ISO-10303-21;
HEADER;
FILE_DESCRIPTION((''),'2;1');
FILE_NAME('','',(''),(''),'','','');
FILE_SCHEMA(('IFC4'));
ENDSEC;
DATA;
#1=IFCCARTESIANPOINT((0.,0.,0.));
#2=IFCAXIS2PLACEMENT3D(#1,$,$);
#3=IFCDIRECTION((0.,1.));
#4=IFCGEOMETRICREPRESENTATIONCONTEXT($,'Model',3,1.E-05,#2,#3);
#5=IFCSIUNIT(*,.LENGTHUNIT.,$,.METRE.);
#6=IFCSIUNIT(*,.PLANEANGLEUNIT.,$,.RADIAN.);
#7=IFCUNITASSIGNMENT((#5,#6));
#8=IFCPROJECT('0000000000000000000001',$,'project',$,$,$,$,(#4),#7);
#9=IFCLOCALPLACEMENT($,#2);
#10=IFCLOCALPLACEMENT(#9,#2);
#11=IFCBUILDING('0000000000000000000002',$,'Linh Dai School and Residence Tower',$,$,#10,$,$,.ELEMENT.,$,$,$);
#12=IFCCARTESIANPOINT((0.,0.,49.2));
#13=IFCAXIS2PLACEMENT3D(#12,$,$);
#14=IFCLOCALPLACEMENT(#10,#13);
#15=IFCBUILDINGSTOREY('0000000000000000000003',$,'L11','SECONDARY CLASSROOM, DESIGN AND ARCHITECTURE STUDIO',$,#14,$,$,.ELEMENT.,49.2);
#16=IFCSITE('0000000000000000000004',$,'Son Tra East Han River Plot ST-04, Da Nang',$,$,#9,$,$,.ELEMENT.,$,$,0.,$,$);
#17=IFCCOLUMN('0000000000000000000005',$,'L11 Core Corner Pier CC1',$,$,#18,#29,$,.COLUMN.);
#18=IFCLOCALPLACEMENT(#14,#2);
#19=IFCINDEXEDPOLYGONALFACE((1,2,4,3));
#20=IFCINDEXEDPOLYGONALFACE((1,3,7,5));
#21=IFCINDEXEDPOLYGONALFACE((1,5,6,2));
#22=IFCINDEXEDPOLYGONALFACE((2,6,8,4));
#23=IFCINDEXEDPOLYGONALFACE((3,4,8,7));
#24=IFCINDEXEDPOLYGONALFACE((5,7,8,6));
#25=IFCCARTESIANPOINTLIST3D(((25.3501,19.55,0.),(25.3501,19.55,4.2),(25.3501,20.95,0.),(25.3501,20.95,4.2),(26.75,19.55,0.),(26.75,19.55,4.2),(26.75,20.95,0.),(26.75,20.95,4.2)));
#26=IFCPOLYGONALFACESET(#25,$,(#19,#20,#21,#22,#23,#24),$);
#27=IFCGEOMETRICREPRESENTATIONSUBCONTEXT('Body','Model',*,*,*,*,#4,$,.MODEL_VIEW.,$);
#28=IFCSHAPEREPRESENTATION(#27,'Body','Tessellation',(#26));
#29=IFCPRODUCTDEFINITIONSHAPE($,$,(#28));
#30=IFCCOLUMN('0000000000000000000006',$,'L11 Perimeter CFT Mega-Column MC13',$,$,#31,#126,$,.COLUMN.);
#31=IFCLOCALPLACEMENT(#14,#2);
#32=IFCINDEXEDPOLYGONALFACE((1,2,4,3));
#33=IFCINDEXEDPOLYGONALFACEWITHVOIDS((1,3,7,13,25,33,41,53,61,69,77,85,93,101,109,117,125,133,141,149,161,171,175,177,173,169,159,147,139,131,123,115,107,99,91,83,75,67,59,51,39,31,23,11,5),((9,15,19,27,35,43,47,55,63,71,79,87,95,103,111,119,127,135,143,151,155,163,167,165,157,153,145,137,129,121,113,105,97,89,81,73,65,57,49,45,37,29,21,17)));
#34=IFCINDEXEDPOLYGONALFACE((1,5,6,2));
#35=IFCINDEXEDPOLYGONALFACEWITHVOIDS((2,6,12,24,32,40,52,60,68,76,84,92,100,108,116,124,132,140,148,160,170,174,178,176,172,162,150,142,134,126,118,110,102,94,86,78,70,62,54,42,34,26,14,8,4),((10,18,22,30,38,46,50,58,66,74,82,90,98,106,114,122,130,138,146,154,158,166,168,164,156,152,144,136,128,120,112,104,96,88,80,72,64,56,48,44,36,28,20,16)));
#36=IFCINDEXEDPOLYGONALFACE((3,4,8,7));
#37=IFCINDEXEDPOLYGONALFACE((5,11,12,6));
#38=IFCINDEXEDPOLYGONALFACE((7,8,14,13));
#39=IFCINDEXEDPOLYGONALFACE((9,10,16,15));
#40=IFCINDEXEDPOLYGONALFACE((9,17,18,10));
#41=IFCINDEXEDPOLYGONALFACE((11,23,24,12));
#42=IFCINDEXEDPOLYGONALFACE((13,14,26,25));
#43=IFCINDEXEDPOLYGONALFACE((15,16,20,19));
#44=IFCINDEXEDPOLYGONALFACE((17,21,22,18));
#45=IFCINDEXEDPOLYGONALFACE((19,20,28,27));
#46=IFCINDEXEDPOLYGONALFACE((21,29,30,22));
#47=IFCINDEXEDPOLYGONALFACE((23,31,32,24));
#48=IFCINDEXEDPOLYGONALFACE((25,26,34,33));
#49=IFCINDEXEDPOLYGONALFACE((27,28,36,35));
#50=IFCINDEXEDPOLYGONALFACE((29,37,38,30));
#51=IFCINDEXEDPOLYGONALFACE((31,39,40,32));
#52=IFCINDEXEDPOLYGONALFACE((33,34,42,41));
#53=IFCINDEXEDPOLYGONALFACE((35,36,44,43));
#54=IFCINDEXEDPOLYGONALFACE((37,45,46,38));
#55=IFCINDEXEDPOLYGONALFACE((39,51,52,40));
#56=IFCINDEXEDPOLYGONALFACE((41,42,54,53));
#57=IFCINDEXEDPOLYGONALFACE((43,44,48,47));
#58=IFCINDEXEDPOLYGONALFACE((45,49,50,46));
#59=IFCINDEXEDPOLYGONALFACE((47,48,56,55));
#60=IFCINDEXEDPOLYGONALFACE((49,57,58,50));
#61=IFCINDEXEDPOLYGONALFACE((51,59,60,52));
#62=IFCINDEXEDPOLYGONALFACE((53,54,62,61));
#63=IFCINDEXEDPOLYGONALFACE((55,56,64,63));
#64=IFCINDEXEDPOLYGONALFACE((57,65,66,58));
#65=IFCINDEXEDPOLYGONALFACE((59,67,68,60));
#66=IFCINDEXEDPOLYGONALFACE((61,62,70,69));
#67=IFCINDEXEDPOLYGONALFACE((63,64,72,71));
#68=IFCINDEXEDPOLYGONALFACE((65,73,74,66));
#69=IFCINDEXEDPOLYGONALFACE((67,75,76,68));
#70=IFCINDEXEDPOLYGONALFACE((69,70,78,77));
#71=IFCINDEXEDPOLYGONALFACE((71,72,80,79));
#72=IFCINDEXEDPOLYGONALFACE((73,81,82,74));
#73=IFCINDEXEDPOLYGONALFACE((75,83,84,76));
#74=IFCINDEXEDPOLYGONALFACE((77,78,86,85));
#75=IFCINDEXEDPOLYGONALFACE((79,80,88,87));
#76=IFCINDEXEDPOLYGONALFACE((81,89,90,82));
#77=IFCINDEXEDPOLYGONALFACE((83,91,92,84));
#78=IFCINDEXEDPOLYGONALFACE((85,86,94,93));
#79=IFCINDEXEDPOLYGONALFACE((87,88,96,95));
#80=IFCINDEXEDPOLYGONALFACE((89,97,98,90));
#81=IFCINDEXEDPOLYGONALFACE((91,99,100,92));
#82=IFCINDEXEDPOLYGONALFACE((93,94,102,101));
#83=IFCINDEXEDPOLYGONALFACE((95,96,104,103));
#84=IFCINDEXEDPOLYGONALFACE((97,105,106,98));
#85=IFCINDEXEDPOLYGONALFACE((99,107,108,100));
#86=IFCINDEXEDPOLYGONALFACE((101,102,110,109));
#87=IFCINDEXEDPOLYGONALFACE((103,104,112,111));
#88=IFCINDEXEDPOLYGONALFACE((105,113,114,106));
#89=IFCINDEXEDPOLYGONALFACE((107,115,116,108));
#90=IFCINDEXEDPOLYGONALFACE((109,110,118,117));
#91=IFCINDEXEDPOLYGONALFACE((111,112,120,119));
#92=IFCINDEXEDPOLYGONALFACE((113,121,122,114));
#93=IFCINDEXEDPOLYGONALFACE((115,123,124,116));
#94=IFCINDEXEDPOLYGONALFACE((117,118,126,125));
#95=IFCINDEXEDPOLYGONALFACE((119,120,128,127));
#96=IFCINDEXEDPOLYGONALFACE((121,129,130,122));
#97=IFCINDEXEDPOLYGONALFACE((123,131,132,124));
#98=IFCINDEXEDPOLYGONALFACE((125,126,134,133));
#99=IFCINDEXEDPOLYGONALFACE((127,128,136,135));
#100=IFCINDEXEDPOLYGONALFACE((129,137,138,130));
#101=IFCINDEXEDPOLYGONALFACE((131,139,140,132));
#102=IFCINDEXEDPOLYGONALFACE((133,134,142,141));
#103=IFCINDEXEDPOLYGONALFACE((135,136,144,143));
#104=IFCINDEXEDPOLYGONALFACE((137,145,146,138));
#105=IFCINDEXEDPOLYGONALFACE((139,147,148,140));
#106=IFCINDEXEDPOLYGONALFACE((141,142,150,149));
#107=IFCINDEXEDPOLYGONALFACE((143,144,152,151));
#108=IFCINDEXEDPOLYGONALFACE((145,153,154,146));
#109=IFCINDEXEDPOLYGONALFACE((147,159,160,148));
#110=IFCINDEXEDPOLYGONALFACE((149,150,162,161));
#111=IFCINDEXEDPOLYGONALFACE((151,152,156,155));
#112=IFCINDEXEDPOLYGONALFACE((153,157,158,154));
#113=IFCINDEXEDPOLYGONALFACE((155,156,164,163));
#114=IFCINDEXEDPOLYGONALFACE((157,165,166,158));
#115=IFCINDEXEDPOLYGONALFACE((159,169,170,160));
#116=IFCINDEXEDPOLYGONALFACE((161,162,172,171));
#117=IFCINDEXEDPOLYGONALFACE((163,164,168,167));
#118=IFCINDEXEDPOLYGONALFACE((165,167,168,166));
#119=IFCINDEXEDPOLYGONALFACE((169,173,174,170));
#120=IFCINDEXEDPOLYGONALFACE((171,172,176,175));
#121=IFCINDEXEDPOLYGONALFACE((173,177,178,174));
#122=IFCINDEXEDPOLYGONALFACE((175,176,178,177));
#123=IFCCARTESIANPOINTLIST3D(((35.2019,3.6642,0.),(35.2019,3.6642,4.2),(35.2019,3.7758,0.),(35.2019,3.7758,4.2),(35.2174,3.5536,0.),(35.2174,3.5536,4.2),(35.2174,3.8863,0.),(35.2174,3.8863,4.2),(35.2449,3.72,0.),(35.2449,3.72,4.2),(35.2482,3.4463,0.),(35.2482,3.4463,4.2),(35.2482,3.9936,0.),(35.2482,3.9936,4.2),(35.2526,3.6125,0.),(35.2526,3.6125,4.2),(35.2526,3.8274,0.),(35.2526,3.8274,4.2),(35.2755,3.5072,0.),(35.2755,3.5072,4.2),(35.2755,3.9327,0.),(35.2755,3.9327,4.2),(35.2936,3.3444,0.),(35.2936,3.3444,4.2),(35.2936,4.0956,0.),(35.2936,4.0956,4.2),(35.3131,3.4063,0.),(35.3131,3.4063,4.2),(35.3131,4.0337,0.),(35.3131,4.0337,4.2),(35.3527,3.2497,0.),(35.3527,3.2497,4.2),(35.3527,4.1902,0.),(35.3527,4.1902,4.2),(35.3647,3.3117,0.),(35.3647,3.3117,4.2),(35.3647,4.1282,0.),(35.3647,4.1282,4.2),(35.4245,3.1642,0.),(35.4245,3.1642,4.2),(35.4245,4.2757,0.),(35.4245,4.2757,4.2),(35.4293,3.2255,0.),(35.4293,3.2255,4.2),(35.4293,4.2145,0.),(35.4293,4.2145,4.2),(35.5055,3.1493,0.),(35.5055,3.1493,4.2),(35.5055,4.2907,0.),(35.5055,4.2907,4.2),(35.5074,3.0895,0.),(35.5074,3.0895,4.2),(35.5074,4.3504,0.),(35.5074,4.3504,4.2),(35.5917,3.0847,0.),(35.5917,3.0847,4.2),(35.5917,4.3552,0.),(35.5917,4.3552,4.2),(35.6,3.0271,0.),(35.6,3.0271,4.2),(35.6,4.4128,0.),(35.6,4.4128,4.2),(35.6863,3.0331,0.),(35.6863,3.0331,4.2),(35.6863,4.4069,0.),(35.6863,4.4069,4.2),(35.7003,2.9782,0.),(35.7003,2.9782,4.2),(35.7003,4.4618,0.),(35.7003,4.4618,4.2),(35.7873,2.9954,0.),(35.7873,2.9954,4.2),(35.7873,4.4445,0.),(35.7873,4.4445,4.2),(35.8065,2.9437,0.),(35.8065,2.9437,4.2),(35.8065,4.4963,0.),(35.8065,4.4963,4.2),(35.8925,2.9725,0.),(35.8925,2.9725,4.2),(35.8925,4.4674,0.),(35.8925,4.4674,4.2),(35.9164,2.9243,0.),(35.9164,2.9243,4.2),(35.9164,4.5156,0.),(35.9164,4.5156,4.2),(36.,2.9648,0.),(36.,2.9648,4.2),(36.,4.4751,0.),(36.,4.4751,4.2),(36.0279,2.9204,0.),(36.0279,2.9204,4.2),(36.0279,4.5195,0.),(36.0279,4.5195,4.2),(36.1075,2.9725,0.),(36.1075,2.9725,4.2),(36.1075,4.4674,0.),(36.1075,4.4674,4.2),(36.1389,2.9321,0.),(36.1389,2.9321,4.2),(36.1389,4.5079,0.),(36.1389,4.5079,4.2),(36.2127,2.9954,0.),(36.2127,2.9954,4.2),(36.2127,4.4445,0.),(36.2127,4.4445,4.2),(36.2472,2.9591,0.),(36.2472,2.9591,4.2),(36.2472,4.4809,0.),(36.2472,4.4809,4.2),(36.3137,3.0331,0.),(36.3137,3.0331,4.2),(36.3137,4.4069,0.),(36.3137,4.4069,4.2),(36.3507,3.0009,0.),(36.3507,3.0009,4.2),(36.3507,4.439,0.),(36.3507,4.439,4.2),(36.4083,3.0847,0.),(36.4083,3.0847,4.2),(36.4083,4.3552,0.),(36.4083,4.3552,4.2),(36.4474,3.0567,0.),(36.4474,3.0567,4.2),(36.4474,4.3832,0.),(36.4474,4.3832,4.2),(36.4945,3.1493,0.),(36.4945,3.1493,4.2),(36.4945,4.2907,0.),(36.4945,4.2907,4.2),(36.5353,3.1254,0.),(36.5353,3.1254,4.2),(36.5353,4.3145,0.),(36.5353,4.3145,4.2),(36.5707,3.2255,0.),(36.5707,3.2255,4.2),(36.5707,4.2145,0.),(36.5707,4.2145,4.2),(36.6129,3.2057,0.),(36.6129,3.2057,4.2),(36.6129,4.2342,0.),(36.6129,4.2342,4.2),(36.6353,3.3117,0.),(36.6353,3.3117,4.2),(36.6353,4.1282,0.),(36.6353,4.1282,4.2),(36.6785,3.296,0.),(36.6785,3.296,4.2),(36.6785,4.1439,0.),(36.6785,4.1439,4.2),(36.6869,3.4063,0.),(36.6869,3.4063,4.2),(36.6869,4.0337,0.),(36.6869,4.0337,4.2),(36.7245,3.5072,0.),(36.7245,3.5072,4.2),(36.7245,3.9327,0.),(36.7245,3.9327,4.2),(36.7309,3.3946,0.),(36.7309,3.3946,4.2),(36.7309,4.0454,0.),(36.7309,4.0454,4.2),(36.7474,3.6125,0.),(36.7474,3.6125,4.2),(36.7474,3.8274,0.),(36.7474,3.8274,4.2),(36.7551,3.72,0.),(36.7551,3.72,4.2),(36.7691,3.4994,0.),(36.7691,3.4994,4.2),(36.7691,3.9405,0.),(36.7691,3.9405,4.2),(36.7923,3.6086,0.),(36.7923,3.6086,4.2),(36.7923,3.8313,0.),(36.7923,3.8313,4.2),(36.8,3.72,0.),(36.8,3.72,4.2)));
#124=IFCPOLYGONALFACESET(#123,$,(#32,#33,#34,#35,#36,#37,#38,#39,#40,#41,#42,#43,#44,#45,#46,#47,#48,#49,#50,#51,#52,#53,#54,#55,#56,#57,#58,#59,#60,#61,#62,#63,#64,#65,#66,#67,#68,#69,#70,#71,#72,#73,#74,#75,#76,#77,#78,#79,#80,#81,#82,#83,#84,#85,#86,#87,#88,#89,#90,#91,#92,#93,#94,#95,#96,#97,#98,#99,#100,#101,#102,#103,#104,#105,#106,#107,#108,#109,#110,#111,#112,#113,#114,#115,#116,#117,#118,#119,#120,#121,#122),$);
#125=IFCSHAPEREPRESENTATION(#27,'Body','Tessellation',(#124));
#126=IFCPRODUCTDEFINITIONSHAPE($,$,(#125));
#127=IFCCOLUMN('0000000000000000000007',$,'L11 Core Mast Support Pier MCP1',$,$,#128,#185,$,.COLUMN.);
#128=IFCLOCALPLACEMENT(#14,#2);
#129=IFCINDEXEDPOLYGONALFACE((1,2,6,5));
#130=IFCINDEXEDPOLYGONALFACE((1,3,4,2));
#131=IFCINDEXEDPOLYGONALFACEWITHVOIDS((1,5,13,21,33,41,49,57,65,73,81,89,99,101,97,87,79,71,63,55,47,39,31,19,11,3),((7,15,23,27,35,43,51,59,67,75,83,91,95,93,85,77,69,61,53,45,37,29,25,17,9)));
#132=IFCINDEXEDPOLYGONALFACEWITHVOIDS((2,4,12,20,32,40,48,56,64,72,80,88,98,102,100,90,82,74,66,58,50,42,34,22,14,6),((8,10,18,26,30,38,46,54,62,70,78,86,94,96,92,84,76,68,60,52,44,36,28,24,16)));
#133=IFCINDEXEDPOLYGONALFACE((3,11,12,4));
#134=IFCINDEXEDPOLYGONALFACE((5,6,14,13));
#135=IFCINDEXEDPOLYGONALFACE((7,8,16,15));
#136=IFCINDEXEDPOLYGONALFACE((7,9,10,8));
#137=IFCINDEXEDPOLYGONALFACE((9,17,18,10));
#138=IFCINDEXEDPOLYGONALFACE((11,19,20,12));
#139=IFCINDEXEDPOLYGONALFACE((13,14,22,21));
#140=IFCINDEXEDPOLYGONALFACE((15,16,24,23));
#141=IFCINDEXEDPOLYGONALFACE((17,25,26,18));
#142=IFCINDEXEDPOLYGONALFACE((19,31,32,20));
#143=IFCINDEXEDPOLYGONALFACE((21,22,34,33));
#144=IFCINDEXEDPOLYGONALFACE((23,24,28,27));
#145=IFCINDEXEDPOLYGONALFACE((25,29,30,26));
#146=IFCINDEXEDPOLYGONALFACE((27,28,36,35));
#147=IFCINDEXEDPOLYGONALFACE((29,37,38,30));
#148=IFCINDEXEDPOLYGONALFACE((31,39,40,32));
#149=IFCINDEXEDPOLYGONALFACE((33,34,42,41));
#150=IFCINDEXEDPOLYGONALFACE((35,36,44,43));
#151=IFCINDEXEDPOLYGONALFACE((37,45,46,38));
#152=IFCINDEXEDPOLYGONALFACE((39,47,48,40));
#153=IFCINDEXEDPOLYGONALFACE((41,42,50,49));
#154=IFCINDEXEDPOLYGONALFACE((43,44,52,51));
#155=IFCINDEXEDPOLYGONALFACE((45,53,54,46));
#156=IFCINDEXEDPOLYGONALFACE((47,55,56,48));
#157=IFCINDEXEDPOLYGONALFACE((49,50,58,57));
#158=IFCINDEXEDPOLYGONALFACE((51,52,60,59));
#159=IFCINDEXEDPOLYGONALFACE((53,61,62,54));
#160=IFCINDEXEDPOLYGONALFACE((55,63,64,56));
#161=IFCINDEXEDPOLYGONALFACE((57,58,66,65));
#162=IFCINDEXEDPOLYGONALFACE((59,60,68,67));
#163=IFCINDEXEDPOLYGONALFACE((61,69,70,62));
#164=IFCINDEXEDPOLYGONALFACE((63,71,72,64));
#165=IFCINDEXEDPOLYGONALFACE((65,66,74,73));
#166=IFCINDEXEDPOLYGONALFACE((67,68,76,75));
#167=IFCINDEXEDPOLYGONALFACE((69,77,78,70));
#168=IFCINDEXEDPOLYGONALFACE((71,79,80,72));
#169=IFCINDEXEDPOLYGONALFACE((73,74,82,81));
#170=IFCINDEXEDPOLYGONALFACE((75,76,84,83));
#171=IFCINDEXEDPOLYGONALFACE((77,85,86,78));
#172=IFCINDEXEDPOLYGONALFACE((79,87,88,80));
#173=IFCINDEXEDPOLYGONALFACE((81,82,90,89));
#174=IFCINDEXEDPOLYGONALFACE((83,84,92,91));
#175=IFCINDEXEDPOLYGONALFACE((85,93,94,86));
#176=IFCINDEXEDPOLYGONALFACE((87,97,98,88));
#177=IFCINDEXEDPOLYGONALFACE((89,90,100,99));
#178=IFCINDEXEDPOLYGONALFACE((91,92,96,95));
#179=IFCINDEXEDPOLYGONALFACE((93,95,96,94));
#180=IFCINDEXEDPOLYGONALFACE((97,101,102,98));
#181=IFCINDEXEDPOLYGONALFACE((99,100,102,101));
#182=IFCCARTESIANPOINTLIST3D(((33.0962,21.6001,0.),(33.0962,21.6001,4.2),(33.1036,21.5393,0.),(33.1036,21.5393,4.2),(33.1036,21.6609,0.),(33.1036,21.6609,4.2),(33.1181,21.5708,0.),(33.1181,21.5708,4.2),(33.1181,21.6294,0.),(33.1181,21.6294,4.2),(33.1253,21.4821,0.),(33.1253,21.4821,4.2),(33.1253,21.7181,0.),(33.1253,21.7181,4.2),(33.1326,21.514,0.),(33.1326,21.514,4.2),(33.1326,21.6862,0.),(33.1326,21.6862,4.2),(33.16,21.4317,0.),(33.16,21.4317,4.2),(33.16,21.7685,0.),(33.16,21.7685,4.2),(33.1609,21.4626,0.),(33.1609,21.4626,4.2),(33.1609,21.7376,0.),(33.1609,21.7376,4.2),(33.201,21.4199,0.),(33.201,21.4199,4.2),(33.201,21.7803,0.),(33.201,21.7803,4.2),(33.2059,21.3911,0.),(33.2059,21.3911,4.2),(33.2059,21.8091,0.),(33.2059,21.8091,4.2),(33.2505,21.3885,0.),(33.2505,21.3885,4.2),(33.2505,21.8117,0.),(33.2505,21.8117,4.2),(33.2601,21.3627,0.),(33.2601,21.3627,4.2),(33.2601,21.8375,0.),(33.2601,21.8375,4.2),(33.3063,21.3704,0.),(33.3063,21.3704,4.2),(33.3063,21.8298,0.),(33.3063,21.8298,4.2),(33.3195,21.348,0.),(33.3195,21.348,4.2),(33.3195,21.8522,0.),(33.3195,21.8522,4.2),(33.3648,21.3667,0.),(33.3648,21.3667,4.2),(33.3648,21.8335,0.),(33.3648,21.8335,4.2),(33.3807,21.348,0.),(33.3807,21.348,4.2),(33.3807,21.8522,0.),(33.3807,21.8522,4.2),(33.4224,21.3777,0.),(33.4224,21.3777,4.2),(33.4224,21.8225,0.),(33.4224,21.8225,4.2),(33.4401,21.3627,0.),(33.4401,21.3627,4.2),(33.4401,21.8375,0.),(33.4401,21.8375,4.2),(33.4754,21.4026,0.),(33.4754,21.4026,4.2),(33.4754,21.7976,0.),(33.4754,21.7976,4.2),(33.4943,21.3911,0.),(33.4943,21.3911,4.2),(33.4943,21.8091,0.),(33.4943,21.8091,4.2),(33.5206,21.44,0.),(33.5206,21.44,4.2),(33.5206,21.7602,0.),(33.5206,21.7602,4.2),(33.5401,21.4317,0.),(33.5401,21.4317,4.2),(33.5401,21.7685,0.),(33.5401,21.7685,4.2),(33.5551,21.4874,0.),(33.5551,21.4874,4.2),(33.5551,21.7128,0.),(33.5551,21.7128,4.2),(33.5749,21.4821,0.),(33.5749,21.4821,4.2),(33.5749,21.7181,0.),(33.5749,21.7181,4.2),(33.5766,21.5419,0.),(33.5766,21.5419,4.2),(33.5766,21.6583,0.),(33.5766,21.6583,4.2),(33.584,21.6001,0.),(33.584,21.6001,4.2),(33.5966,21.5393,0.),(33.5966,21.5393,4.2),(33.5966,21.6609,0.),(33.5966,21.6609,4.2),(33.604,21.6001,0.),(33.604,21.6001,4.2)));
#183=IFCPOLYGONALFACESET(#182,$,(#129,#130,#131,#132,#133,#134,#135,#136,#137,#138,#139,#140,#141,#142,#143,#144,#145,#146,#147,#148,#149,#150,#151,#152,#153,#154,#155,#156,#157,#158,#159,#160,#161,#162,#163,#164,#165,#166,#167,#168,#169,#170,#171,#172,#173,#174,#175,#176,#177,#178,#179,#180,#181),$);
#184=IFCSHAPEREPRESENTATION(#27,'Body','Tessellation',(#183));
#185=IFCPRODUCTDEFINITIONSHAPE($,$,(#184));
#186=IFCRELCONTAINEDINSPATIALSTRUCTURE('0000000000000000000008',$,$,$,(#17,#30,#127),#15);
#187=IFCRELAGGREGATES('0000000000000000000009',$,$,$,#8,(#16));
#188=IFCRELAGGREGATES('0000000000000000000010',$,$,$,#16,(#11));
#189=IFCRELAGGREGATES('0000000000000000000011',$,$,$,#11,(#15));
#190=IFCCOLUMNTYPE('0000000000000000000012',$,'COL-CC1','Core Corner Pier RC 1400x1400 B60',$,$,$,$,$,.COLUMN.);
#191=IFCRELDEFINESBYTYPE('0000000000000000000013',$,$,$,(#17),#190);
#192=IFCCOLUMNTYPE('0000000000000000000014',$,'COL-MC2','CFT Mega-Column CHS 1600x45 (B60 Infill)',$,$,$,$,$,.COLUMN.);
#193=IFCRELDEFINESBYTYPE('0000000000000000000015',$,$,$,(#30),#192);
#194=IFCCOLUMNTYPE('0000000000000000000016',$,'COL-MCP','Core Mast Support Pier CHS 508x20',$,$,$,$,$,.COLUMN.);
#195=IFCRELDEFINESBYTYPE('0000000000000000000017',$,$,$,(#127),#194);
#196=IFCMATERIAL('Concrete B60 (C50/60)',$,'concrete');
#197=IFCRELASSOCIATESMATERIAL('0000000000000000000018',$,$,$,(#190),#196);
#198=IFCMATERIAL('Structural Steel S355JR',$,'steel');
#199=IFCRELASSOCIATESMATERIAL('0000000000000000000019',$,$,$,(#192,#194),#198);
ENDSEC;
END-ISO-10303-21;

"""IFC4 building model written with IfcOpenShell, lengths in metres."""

from ifc_helpers import new_model, si_unit, direction, frame, origin, origin_2d, place, context, subcontext, project, spatial, rectangle, hollow_circle, extrude, material, material_profile, profile_set, type_object, element, save


model = new_model("IFC4")

# Units and contexts
model_context = context("Model", 3, precision=1e-05, world=origin(), true_north=direction((0.0, 1.0)))
body_context = subcontext(model_context, "Body", "Model", "MODEL_VIEW")
ifc_project = project(units=[si_unit("LENGTHUNIT", "METRE"), si_unit("PLANEANGLEUNIT", "RADIAN")], contexts=[model_context])

# Site, building, storey
site_placement = place(None, origin())
site = spatial("IfcSite", under=ifc_project, at=site_placement, Name="Son Tra East Han River Plot ST-04, Da Nang", CompositionType="ELEMENT", RefElevation=0.0)
building_placement = place(site_placement, origin())
building = spatial("IfcBuilding", under=site, at=building_placement, Name="Linh Dai School and Residence Tower", CompositionType="ELEMENT")
storey_placement = place(building_placement, frame((0.0, 0.0, 49.2)))
storey = spatial("IfcBuildingStorey", under=building, at=storey_placement, Name="L11", Description="SECONDARY CLASSROOM, DESIGN AND ARCHITECTURE STUDIO", CompositionType="ELEMENT", Elevation=49.2)

# Columns
ifc_material_1 = material(Name="Concrete B60 (C50/60)", Category="concrete")
ifc_material_profile_1 = material_profile(ifc_material_1, rectangle(XDim=1.3999, YDim=1.3999, at=origin_2d()), Name="RC 1400x1400")
ifc_profile_set_1 = profile_set([ifc_material_profile_1], Name="Concrete B60 (C50/60)")
column_type_1 = type_object("IfcColumnType", Name="COL-CC1", Description="Core Corner Pier RC 1400x1400 B60", PredefinedType="COLUMN", material=ifc_profile_set_1)
column_1_placement = place(storey_placement, frame((26.05, 20.25, 0.0), z_axis=(0.0, 0.0, 1.0), x_axis=(1.0, 0.0, 0.0)))
element("IfcColumn", 1, at=column_1_placement, inside=storey, type_object=column_type_1, Name="L11 Core Corner Pier CC1", PredefinedType="COLUMN", context=body_context, shape_type="SweptSolid", body=[
    extrude(rectangle(XDim=1.3999, YDim=1.3999, at=origin_2d()), origin(), (0.0, 0.0, 1.0), 4.2),
])
ifc_material_2 = material(Name="Structural Steel S355JR", Category="steel")
ifc_material_profile_2 = material_profile(ifc_material_2, hollow_circle(Radius=0.8, WallThickness=0.0449, at=origin_2d()), Name="CHS 1600x45")
ifc_profile_set_2 = profile_set([ifc_material_profile_2], Name="Structural Steel S355JR")
column_type_2 = type_object("IfcColumnType", Name="COL-MC2", Description="CFT Mega-Column CHS 1600x45 (B60 Infill)", PredefinedType="COLUMN", material=ifc_profile_set_2)
column_2_placement = place(storey_placement, frame((36.0, 3.72, 0.0), z_axis=(0.0, 0.0, 1.0), x_axis=(1.0, 0.0, 0.0)))
element("IfcColumn", 2, at=column_2_placement, inside=storey, type_object=column_type_2, Name="L11 Perimeter CFT Mega-Column MC13", PredefinedType="COLUMN", context=body_context, shape_type="SweptSolid", body=[
    extrude(hollow_circle(Radius=0.8, WallThickness=0.0449, at=origin_2d()), origin(), (0.0, 0.0, 1.0), 4.2),
])
ifc_material_profile_3 = material_profile(ifc_material_2, hollow_circle(Radius=0.2539, WallThickness=0.02, at=origin_2d()), Name="CHS 508x20")
ifc_profile_set_3 = profile_set([ifc_material_profile_3], Name="Structural Steel S355JR")
column_type_3 = type_object("IfcColumnType", Name="COL-MCP", Description="Core Mast Support Pier CHS 508x20", PredefinedType="COLUMN", material=ifc_profile_set_3)
column_3_placement = place(storey_placement, frame((33.3501, 21.6001, 0.0), z_axis=(0.0, 0.0, 1.0), x_axis=(1.0, 0.0, 0.0)))
element("IfcColumn", 3, at=column_3_placement, inside=storey, type_object=column_type_3, Name="L11 Core Mast Support Pier MCP1", PredefinedType="COLUMN", context=body_context, shape_type="SweptSolid", body=[
    extrude(hollow_circle(Radius=0.2539, WallThickness=0.02, at=origin_2d()), origin(), (0.0, 0.0, 1.0), 4.2),
])

save(model, "model.ifc")
